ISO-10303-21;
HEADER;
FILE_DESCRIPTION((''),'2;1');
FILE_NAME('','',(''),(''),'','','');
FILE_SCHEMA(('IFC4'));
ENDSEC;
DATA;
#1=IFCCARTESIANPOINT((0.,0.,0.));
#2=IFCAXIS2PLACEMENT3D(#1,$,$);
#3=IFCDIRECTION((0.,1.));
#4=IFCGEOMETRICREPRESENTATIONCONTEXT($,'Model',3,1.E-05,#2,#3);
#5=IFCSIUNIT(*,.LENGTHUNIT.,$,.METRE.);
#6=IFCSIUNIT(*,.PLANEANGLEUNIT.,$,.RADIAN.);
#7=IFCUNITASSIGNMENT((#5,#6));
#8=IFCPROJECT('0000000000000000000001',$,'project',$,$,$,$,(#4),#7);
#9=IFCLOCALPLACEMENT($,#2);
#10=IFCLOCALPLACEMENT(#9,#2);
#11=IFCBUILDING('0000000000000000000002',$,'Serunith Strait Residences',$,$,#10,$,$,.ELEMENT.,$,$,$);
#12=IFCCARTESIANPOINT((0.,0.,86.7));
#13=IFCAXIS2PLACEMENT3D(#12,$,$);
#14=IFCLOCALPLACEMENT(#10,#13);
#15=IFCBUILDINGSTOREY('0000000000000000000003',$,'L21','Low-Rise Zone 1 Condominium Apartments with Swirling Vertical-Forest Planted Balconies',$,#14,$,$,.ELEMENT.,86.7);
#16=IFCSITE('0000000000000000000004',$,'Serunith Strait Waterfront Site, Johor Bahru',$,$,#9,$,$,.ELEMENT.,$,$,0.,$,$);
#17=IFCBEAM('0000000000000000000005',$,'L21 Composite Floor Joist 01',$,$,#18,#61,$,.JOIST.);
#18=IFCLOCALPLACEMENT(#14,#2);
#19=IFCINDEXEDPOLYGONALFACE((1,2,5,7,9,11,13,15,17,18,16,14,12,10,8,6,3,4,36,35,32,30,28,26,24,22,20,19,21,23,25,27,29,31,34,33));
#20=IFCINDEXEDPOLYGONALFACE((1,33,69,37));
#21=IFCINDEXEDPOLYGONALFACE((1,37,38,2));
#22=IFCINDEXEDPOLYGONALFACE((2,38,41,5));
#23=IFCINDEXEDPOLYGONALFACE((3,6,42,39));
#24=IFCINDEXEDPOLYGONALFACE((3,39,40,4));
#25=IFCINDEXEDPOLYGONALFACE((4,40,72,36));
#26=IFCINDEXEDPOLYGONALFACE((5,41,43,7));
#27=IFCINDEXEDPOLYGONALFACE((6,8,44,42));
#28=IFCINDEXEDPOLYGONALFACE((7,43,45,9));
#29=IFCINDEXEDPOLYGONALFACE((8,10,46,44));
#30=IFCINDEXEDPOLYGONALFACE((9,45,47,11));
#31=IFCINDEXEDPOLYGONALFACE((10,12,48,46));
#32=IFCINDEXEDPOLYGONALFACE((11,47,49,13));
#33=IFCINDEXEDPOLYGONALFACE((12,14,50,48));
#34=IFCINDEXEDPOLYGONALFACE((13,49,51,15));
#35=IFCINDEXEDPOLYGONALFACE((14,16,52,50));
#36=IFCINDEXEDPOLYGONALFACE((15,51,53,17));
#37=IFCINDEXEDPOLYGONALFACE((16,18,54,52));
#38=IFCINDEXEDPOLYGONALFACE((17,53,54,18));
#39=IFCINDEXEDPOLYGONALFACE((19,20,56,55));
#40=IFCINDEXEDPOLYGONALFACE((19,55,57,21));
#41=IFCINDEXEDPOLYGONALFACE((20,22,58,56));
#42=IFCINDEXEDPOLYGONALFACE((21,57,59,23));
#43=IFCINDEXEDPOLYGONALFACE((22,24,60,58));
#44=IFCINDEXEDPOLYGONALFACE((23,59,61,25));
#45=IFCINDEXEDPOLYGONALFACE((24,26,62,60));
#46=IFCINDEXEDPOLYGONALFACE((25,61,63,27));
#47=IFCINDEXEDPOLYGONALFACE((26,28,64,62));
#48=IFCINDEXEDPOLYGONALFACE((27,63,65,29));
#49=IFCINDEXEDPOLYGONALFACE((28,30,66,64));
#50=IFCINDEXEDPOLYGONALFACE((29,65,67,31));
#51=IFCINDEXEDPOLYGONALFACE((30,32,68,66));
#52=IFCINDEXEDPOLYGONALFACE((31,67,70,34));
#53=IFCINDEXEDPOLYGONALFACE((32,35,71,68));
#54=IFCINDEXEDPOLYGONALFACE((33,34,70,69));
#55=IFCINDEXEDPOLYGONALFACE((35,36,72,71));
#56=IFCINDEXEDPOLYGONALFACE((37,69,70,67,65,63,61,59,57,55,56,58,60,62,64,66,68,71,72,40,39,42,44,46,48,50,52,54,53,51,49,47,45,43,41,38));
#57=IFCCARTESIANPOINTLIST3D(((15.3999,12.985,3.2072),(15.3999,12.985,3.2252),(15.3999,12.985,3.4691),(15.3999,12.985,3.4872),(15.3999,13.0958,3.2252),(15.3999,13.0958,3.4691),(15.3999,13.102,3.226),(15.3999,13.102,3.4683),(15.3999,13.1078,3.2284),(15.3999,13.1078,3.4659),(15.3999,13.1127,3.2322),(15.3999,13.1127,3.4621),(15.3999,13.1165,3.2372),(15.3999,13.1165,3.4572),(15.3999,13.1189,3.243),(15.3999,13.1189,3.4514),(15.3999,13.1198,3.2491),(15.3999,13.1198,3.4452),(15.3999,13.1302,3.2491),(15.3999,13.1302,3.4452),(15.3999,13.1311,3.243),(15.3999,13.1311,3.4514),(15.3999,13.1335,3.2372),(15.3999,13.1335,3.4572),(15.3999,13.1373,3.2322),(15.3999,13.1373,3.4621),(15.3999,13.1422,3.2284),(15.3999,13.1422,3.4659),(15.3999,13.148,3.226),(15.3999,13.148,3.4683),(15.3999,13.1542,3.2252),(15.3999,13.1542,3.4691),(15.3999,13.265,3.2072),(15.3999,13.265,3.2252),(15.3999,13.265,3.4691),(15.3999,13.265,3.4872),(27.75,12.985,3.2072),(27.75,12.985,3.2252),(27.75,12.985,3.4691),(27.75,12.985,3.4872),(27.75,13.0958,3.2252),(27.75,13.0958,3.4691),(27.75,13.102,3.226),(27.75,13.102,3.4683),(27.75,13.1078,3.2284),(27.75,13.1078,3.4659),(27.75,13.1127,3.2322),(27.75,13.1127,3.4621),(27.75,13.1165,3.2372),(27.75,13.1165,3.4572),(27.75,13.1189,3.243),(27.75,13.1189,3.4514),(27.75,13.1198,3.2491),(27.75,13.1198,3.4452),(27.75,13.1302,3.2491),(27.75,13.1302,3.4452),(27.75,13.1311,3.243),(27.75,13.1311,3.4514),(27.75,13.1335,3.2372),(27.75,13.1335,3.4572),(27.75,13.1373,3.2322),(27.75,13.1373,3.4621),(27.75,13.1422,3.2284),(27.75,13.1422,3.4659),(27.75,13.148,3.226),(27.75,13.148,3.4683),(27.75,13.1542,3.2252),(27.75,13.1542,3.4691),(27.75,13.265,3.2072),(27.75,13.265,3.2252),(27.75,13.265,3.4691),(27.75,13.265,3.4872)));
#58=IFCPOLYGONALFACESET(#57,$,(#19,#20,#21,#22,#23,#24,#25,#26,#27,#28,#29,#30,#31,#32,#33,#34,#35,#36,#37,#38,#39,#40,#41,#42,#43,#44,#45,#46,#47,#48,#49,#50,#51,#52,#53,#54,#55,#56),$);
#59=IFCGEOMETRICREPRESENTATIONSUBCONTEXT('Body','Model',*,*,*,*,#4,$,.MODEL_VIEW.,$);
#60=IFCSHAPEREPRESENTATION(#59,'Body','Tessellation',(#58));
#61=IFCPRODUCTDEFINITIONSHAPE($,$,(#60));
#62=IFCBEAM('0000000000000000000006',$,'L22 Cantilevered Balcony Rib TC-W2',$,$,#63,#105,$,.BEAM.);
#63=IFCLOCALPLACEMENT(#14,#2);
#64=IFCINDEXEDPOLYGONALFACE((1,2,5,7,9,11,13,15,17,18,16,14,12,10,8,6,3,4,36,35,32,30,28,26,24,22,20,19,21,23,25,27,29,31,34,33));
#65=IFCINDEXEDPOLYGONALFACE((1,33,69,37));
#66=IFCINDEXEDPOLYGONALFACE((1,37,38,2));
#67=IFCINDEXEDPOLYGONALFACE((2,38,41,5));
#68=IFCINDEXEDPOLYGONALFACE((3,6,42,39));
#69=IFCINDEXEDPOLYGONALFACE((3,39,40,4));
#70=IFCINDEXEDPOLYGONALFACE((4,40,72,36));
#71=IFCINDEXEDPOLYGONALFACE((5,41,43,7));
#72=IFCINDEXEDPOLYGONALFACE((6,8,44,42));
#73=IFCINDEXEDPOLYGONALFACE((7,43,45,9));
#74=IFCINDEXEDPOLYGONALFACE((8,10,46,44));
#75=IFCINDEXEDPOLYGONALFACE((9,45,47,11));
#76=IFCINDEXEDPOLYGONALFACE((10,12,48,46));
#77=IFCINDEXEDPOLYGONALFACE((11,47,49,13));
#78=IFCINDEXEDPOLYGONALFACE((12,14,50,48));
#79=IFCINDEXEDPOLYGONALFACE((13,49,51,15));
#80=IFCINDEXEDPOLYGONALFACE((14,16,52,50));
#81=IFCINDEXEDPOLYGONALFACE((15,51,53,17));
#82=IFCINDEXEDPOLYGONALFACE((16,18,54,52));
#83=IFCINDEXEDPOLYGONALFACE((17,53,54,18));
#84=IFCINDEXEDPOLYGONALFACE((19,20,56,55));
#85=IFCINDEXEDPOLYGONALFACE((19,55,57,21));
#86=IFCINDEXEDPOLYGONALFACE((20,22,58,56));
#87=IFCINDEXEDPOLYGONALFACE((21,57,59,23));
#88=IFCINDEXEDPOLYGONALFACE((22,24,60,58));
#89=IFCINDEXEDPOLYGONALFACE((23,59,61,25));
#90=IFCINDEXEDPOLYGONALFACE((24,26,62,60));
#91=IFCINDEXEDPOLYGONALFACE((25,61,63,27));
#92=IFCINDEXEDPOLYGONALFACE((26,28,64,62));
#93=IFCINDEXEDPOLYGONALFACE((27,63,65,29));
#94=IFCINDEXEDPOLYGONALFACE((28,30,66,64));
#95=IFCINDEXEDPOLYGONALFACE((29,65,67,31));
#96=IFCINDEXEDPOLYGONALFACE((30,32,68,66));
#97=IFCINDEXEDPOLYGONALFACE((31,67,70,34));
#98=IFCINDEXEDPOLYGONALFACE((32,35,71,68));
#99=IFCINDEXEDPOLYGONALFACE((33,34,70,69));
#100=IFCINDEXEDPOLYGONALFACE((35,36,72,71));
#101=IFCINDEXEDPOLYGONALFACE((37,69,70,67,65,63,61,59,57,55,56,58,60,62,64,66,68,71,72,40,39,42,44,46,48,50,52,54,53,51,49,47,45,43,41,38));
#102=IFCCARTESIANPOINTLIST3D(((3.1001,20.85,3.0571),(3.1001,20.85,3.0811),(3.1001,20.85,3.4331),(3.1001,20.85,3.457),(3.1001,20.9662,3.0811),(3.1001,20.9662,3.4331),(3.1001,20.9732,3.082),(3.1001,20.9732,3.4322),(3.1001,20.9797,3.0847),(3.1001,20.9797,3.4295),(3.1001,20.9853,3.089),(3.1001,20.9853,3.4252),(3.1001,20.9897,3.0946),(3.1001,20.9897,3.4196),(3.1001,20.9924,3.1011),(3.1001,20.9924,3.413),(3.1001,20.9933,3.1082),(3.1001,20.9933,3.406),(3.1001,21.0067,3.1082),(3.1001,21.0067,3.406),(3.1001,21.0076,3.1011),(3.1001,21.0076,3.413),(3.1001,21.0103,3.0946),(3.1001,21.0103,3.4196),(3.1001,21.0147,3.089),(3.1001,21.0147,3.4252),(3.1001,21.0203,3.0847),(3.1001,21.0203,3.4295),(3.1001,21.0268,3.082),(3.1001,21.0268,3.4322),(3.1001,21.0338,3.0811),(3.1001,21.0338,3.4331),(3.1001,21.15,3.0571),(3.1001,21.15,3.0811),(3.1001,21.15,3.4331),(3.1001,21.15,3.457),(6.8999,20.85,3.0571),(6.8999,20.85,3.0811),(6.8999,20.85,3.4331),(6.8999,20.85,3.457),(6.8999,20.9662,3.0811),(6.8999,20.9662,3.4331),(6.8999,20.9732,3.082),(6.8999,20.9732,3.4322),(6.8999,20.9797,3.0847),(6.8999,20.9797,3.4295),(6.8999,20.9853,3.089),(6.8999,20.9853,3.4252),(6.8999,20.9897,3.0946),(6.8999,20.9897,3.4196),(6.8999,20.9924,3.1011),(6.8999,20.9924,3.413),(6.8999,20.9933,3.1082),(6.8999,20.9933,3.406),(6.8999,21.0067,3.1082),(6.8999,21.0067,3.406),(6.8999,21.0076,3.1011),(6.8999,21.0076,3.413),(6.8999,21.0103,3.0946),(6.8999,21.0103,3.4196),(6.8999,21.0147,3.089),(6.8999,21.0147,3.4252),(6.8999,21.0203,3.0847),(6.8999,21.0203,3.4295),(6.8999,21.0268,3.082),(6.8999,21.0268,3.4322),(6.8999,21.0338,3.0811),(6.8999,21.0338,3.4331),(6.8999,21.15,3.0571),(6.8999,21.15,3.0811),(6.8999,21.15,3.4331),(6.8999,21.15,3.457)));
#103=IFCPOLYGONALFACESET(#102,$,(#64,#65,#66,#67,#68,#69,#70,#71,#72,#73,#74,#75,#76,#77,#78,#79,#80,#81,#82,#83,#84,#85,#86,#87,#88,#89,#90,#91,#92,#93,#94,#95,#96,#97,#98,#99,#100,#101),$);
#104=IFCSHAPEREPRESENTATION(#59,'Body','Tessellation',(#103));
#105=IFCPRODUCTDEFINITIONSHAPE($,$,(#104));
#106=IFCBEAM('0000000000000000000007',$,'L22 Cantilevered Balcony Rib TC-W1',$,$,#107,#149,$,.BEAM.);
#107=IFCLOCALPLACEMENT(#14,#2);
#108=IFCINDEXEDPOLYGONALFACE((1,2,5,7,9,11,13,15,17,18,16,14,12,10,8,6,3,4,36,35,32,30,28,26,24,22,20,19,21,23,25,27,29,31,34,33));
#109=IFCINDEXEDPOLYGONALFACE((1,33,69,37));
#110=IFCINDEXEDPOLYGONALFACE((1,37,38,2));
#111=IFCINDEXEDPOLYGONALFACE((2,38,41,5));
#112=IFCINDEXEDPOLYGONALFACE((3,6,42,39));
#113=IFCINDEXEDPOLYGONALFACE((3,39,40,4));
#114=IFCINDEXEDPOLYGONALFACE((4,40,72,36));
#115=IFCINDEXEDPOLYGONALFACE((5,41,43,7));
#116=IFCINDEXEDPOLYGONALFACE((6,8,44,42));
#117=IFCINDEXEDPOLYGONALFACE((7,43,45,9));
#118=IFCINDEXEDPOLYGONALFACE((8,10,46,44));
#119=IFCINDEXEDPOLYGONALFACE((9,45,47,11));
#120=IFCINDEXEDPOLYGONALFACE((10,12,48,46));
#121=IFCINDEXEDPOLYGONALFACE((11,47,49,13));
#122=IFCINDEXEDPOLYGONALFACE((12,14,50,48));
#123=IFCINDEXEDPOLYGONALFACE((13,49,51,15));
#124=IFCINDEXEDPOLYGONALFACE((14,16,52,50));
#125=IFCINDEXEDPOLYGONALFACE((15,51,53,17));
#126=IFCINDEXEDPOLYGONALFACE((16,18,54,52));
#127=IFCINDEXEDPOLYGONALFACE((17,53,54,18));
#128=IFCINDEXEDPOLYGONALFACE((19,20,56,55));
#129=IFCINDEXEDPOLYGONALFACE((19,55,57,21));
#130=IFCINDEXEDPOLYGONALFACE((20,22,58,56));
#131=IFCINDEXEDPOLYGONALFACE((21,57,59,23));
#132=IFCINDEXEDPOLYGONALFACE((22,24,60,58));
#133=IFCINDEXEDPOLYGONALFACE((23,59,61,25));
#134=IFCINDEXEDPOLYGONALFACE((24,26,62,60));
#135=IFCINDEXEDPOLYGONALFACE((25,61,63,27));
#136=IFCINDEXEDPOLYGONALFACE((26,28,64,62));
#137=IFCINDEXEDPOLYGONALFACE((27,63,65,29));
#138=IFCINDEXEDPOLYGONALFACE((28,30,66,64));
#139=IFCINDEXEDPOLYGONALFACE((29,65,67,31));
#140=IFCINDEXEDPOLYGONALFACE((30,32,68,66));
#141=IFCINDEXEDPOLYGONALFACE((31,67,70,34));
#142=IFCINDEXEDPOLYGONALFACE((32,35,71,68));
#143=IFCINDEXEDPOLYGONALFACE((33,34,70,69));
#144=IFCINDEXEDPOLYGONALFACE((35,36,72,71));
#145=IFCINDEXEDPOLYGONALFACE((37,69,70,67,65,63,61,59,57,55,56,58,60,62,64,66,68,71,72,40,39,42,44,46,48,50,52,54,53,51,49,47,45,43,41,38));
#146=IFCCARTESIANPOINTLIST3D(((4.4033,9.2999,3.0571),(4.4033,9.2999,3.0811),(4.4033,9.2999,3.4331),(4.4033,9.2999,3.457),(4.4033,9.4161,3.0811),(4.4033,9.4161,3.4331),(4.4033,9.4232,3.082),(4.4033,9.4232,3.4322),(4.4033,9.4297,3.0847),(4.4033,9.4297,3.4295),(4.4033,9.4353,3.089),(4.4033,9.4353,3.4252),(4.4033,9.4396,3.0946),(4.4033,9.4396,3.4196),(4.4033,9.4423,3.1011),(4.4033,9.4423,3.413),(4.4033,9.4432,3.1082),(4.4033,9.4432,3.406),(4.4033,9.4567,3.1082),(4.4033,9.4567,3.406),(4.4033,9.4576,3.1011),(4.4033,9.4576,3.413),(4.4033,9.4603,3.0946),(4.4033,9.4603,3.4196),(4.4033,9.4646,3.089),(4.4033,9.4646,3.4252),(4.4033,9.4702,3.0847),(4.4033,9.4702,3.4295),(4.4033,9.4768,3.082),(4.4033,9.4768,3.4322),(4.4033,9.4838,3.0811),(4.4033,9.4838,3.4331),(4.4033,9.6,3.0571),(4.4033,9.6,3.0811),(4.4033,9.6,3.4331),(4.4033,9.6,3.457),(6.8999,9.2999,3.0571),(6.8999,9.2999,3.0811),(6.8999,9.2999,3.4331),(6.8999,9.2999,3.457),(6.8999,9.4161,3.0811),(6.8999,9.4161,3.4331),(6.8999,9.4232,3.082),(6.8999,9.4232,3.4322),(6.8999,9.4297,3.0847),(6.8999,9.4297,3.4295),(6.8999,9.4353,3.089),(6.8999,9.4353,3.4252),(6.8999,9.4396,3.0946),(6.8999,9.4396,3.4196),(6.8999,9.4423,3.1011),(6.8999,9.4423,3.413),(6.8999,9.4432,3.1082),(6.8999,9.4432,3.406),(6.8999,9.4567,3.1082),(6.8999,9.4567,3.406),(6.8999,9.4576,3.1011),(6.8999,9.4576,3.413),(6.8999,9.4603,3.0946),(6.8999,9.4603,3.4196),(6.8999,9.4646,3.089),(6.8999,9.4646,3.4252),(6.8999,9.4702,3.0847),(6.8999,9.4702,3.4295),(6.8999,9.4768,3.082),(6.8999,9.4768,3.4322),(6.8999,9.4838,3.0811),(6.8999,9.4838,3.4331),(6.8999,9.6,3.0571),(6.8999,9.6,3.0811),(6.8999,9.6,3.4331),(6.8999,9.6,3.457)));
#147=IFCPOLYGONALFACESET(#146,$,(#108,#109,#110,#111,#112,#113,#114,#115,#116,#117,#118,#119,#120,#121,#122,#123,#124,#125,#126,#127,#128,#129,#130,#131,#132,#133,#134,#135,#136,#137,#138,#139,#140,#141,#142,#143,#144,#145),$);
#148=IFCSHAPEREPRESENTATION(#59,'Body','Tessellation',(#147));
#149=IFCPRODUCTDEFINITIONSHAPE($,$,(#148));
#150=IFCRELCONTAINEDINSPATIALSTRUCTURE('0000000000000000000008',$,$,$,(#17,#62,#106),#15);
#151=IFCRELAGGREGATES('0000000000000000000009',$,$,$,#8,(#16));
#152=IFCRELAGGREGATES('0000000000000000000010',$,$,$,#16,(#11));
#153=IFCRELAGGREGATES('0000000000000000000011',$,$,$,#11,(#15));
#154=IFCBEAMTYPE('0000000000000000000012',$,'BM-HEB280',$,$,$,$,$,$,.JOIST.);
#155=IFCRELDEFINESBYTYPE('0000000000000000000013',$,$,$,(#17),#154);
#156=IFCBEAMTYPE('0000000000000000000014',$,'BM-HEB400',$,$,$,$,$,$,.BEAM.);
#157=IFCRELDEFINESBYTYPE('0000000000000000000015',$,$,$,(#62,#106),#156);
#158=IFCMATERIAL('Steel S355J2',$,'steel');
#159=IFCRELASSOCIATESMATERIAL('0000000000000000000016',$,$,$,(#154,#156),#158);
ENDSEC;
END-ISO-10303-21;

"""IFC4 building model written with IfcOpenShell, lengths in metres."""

from ifc_helpers import new_model, si_unit, direction, frame, origin, origin_2d, place, context, subcontext, project, spatial, i_section, extrude, source, transform, mapped, material, material_profile, profile_set, type_object, element, save


model = new_model("IFC4")

# Units and contexts
model_context = context("Model", 3, precision=1e-05, world=origin(), true_north=direction((0.0, 1.0)))
body_context = subcontext(model_context, "Body", "Model", "MODEL_VIEW")
ifc_project = project(units=[si_unit("LENGTHUNIT", "METRE"), si_unit("PLANEANGLEUNIT", "RADIAN")], contexts=[model_context])

# Site, building, storey
site_placement = place(None, origin())
site = spatial("IfcSite", under=ifc_project, at=site_placement, Name="Serunith Strait Waterfront Site, Johor Bahru", CompositionType="ELEMENT", RefElevation=0.0)
building_placement = place(site_placement, origin())
building = spatial("IfcBuilding", under=site, at=building_placement, Name="Serunith Strait Residences", CompositionType="ELEMENT")
storey_placement = place(building_placement, frame((0.0, 0.0, 86.7)))
storey = spatial("IfcBuildingStorey", under=building, at=storey_placement, Name="L21", Description="Low-Rise Zone 1 Condominium Apartments with Swirling Vertical-Forest Planted Balconies", CompositionType="ELEMENT", Elevation=86.7)

# Beams
ifc_material_1 = material(Name="Steel S355J2", Category="steel")
ifc_material_profile_1 = material_profile(ifc_material_1, i_section(OverallWidth=0.28, OverallDepth=0.28, WebThickness=0.0105, FlangeThickness=0.0181, FilletRadius=0.0239, at=origin_2d()), Name="HEB 280")
ifc_profile_set_1 = profile_set([ifc_material_profile_1], Name="Steel S355J2")
beam_type_1 = type_object("IfcBeamType", Name="BM-HEB280", PredefinedType="JOIST", material=ifc_profile_set_1)
shared_shape_1 = source(origin(), body_context, "Body", "SweptSolid", [
    extrude(i_section(OverallWidth=0.28, OverallDepth=0.28, WebThickness=0.0105, FlangeThickness=0.0181, FilletRadius=0.0239, at=origin_2d()), origin(), (0.0, 0.0, 1.0), 12.3501),
])
beam_1_placement = place(storey_placement, frame((15.3999, 13.125, 3.3472), z_axis=(1.0, 0.0, 0.0), x_axis=(0.0, 1.0, 0.0)))
element("IfcBeam", 1, at=beam_1_placement, inside=storey, type_object=beam_type_1, Name="L21 Composite Floor Joist 01", PredefinedType="JOIST", context=body_context, shape_type="MappedRepresentation", body=[
    mapped(shared_shape_1, transform((0.0, 0.0, 0.0), scale=1.0)),
])
ifc_material_profile_2 = material_profile(ifc_material_1, i_section(OverallWidth=0.3, OverallDepth=0.3999, WebThickness=0.0134, FlangeThickness=0.0239, FilletRadius=0.0271, at=origin_2d()), Name="HEB 400")
ifc_profile_set_2 = profile_set([ifc_material_profile_2], Name="Steel S355J2")
beam_type_2 = type_object("IfcBeamType", Name="BM-HEB400", PredefinedType="BEAM", material=ifc_profile_set_2)
shared_shape_2 = source(origin(), body_context, "Body", "SweptSolid", [
    extrude(i_section(OverallWidth=0.3, OverallDepth=0.3999, WebThickness=0.0134, FlangeThickness=0.0239, FilletRadius=0.0271, at=origin_2d()), origin(), (0.0, 0.0, 1.0), 3.7998),
])
beam_2_placement = place(storey_placement, frame((6.8999, 21.0, 3.2571), z_axis=(-1.0, 0.0, 0.0), x_axis=(0.0, -1.0, 0.0)))
element("IfcBeam", 2, at=beam_2_placement, inside=storey, type_object=beam_type_2, Name="L22 Cantilevered Balcony Rib TC-W2", PredefinedType="BEAM", context=body_context, shape_type="MappedRepresentation", body=[
    mapped(shared_shape_2, transform((0.0, 0.0, 0.0), scale=1.0)),
])
shared_shape_3 = source(origin(), body_context, "Body", "SweptSolid", [
    extrude(i_section(OverallWidth=0.3, OverallDepth=0.3999, WebThickness=0.0134, FlangeThickness=0.0239, FilletRadius=0.0271, at=origin_2d()), origin(), (0.0, 0.0, 1.0), 2.4966),
])
beam_3_placement = place(storey_placement, frame((6.8999, 9.45, 3.2571), z_axis=(-1.0, 0.0, 0.0), x_axis=(0.0, -1.0, 0.0)))
element("IfcBeam", 3, at=beam_3_placement, inside=storey, type_object=beam_type_2, Name="L22 Cantilevered Balcony Rib TC-W1", PredefinedType="BEAM", context=body_context, shape_type="MappedRepresentation", body=[
    mapped(shared_shape_3, transform((0.0, 0.0, 0.0), scale=1.0)),
])

save(model, "model.ifc")
